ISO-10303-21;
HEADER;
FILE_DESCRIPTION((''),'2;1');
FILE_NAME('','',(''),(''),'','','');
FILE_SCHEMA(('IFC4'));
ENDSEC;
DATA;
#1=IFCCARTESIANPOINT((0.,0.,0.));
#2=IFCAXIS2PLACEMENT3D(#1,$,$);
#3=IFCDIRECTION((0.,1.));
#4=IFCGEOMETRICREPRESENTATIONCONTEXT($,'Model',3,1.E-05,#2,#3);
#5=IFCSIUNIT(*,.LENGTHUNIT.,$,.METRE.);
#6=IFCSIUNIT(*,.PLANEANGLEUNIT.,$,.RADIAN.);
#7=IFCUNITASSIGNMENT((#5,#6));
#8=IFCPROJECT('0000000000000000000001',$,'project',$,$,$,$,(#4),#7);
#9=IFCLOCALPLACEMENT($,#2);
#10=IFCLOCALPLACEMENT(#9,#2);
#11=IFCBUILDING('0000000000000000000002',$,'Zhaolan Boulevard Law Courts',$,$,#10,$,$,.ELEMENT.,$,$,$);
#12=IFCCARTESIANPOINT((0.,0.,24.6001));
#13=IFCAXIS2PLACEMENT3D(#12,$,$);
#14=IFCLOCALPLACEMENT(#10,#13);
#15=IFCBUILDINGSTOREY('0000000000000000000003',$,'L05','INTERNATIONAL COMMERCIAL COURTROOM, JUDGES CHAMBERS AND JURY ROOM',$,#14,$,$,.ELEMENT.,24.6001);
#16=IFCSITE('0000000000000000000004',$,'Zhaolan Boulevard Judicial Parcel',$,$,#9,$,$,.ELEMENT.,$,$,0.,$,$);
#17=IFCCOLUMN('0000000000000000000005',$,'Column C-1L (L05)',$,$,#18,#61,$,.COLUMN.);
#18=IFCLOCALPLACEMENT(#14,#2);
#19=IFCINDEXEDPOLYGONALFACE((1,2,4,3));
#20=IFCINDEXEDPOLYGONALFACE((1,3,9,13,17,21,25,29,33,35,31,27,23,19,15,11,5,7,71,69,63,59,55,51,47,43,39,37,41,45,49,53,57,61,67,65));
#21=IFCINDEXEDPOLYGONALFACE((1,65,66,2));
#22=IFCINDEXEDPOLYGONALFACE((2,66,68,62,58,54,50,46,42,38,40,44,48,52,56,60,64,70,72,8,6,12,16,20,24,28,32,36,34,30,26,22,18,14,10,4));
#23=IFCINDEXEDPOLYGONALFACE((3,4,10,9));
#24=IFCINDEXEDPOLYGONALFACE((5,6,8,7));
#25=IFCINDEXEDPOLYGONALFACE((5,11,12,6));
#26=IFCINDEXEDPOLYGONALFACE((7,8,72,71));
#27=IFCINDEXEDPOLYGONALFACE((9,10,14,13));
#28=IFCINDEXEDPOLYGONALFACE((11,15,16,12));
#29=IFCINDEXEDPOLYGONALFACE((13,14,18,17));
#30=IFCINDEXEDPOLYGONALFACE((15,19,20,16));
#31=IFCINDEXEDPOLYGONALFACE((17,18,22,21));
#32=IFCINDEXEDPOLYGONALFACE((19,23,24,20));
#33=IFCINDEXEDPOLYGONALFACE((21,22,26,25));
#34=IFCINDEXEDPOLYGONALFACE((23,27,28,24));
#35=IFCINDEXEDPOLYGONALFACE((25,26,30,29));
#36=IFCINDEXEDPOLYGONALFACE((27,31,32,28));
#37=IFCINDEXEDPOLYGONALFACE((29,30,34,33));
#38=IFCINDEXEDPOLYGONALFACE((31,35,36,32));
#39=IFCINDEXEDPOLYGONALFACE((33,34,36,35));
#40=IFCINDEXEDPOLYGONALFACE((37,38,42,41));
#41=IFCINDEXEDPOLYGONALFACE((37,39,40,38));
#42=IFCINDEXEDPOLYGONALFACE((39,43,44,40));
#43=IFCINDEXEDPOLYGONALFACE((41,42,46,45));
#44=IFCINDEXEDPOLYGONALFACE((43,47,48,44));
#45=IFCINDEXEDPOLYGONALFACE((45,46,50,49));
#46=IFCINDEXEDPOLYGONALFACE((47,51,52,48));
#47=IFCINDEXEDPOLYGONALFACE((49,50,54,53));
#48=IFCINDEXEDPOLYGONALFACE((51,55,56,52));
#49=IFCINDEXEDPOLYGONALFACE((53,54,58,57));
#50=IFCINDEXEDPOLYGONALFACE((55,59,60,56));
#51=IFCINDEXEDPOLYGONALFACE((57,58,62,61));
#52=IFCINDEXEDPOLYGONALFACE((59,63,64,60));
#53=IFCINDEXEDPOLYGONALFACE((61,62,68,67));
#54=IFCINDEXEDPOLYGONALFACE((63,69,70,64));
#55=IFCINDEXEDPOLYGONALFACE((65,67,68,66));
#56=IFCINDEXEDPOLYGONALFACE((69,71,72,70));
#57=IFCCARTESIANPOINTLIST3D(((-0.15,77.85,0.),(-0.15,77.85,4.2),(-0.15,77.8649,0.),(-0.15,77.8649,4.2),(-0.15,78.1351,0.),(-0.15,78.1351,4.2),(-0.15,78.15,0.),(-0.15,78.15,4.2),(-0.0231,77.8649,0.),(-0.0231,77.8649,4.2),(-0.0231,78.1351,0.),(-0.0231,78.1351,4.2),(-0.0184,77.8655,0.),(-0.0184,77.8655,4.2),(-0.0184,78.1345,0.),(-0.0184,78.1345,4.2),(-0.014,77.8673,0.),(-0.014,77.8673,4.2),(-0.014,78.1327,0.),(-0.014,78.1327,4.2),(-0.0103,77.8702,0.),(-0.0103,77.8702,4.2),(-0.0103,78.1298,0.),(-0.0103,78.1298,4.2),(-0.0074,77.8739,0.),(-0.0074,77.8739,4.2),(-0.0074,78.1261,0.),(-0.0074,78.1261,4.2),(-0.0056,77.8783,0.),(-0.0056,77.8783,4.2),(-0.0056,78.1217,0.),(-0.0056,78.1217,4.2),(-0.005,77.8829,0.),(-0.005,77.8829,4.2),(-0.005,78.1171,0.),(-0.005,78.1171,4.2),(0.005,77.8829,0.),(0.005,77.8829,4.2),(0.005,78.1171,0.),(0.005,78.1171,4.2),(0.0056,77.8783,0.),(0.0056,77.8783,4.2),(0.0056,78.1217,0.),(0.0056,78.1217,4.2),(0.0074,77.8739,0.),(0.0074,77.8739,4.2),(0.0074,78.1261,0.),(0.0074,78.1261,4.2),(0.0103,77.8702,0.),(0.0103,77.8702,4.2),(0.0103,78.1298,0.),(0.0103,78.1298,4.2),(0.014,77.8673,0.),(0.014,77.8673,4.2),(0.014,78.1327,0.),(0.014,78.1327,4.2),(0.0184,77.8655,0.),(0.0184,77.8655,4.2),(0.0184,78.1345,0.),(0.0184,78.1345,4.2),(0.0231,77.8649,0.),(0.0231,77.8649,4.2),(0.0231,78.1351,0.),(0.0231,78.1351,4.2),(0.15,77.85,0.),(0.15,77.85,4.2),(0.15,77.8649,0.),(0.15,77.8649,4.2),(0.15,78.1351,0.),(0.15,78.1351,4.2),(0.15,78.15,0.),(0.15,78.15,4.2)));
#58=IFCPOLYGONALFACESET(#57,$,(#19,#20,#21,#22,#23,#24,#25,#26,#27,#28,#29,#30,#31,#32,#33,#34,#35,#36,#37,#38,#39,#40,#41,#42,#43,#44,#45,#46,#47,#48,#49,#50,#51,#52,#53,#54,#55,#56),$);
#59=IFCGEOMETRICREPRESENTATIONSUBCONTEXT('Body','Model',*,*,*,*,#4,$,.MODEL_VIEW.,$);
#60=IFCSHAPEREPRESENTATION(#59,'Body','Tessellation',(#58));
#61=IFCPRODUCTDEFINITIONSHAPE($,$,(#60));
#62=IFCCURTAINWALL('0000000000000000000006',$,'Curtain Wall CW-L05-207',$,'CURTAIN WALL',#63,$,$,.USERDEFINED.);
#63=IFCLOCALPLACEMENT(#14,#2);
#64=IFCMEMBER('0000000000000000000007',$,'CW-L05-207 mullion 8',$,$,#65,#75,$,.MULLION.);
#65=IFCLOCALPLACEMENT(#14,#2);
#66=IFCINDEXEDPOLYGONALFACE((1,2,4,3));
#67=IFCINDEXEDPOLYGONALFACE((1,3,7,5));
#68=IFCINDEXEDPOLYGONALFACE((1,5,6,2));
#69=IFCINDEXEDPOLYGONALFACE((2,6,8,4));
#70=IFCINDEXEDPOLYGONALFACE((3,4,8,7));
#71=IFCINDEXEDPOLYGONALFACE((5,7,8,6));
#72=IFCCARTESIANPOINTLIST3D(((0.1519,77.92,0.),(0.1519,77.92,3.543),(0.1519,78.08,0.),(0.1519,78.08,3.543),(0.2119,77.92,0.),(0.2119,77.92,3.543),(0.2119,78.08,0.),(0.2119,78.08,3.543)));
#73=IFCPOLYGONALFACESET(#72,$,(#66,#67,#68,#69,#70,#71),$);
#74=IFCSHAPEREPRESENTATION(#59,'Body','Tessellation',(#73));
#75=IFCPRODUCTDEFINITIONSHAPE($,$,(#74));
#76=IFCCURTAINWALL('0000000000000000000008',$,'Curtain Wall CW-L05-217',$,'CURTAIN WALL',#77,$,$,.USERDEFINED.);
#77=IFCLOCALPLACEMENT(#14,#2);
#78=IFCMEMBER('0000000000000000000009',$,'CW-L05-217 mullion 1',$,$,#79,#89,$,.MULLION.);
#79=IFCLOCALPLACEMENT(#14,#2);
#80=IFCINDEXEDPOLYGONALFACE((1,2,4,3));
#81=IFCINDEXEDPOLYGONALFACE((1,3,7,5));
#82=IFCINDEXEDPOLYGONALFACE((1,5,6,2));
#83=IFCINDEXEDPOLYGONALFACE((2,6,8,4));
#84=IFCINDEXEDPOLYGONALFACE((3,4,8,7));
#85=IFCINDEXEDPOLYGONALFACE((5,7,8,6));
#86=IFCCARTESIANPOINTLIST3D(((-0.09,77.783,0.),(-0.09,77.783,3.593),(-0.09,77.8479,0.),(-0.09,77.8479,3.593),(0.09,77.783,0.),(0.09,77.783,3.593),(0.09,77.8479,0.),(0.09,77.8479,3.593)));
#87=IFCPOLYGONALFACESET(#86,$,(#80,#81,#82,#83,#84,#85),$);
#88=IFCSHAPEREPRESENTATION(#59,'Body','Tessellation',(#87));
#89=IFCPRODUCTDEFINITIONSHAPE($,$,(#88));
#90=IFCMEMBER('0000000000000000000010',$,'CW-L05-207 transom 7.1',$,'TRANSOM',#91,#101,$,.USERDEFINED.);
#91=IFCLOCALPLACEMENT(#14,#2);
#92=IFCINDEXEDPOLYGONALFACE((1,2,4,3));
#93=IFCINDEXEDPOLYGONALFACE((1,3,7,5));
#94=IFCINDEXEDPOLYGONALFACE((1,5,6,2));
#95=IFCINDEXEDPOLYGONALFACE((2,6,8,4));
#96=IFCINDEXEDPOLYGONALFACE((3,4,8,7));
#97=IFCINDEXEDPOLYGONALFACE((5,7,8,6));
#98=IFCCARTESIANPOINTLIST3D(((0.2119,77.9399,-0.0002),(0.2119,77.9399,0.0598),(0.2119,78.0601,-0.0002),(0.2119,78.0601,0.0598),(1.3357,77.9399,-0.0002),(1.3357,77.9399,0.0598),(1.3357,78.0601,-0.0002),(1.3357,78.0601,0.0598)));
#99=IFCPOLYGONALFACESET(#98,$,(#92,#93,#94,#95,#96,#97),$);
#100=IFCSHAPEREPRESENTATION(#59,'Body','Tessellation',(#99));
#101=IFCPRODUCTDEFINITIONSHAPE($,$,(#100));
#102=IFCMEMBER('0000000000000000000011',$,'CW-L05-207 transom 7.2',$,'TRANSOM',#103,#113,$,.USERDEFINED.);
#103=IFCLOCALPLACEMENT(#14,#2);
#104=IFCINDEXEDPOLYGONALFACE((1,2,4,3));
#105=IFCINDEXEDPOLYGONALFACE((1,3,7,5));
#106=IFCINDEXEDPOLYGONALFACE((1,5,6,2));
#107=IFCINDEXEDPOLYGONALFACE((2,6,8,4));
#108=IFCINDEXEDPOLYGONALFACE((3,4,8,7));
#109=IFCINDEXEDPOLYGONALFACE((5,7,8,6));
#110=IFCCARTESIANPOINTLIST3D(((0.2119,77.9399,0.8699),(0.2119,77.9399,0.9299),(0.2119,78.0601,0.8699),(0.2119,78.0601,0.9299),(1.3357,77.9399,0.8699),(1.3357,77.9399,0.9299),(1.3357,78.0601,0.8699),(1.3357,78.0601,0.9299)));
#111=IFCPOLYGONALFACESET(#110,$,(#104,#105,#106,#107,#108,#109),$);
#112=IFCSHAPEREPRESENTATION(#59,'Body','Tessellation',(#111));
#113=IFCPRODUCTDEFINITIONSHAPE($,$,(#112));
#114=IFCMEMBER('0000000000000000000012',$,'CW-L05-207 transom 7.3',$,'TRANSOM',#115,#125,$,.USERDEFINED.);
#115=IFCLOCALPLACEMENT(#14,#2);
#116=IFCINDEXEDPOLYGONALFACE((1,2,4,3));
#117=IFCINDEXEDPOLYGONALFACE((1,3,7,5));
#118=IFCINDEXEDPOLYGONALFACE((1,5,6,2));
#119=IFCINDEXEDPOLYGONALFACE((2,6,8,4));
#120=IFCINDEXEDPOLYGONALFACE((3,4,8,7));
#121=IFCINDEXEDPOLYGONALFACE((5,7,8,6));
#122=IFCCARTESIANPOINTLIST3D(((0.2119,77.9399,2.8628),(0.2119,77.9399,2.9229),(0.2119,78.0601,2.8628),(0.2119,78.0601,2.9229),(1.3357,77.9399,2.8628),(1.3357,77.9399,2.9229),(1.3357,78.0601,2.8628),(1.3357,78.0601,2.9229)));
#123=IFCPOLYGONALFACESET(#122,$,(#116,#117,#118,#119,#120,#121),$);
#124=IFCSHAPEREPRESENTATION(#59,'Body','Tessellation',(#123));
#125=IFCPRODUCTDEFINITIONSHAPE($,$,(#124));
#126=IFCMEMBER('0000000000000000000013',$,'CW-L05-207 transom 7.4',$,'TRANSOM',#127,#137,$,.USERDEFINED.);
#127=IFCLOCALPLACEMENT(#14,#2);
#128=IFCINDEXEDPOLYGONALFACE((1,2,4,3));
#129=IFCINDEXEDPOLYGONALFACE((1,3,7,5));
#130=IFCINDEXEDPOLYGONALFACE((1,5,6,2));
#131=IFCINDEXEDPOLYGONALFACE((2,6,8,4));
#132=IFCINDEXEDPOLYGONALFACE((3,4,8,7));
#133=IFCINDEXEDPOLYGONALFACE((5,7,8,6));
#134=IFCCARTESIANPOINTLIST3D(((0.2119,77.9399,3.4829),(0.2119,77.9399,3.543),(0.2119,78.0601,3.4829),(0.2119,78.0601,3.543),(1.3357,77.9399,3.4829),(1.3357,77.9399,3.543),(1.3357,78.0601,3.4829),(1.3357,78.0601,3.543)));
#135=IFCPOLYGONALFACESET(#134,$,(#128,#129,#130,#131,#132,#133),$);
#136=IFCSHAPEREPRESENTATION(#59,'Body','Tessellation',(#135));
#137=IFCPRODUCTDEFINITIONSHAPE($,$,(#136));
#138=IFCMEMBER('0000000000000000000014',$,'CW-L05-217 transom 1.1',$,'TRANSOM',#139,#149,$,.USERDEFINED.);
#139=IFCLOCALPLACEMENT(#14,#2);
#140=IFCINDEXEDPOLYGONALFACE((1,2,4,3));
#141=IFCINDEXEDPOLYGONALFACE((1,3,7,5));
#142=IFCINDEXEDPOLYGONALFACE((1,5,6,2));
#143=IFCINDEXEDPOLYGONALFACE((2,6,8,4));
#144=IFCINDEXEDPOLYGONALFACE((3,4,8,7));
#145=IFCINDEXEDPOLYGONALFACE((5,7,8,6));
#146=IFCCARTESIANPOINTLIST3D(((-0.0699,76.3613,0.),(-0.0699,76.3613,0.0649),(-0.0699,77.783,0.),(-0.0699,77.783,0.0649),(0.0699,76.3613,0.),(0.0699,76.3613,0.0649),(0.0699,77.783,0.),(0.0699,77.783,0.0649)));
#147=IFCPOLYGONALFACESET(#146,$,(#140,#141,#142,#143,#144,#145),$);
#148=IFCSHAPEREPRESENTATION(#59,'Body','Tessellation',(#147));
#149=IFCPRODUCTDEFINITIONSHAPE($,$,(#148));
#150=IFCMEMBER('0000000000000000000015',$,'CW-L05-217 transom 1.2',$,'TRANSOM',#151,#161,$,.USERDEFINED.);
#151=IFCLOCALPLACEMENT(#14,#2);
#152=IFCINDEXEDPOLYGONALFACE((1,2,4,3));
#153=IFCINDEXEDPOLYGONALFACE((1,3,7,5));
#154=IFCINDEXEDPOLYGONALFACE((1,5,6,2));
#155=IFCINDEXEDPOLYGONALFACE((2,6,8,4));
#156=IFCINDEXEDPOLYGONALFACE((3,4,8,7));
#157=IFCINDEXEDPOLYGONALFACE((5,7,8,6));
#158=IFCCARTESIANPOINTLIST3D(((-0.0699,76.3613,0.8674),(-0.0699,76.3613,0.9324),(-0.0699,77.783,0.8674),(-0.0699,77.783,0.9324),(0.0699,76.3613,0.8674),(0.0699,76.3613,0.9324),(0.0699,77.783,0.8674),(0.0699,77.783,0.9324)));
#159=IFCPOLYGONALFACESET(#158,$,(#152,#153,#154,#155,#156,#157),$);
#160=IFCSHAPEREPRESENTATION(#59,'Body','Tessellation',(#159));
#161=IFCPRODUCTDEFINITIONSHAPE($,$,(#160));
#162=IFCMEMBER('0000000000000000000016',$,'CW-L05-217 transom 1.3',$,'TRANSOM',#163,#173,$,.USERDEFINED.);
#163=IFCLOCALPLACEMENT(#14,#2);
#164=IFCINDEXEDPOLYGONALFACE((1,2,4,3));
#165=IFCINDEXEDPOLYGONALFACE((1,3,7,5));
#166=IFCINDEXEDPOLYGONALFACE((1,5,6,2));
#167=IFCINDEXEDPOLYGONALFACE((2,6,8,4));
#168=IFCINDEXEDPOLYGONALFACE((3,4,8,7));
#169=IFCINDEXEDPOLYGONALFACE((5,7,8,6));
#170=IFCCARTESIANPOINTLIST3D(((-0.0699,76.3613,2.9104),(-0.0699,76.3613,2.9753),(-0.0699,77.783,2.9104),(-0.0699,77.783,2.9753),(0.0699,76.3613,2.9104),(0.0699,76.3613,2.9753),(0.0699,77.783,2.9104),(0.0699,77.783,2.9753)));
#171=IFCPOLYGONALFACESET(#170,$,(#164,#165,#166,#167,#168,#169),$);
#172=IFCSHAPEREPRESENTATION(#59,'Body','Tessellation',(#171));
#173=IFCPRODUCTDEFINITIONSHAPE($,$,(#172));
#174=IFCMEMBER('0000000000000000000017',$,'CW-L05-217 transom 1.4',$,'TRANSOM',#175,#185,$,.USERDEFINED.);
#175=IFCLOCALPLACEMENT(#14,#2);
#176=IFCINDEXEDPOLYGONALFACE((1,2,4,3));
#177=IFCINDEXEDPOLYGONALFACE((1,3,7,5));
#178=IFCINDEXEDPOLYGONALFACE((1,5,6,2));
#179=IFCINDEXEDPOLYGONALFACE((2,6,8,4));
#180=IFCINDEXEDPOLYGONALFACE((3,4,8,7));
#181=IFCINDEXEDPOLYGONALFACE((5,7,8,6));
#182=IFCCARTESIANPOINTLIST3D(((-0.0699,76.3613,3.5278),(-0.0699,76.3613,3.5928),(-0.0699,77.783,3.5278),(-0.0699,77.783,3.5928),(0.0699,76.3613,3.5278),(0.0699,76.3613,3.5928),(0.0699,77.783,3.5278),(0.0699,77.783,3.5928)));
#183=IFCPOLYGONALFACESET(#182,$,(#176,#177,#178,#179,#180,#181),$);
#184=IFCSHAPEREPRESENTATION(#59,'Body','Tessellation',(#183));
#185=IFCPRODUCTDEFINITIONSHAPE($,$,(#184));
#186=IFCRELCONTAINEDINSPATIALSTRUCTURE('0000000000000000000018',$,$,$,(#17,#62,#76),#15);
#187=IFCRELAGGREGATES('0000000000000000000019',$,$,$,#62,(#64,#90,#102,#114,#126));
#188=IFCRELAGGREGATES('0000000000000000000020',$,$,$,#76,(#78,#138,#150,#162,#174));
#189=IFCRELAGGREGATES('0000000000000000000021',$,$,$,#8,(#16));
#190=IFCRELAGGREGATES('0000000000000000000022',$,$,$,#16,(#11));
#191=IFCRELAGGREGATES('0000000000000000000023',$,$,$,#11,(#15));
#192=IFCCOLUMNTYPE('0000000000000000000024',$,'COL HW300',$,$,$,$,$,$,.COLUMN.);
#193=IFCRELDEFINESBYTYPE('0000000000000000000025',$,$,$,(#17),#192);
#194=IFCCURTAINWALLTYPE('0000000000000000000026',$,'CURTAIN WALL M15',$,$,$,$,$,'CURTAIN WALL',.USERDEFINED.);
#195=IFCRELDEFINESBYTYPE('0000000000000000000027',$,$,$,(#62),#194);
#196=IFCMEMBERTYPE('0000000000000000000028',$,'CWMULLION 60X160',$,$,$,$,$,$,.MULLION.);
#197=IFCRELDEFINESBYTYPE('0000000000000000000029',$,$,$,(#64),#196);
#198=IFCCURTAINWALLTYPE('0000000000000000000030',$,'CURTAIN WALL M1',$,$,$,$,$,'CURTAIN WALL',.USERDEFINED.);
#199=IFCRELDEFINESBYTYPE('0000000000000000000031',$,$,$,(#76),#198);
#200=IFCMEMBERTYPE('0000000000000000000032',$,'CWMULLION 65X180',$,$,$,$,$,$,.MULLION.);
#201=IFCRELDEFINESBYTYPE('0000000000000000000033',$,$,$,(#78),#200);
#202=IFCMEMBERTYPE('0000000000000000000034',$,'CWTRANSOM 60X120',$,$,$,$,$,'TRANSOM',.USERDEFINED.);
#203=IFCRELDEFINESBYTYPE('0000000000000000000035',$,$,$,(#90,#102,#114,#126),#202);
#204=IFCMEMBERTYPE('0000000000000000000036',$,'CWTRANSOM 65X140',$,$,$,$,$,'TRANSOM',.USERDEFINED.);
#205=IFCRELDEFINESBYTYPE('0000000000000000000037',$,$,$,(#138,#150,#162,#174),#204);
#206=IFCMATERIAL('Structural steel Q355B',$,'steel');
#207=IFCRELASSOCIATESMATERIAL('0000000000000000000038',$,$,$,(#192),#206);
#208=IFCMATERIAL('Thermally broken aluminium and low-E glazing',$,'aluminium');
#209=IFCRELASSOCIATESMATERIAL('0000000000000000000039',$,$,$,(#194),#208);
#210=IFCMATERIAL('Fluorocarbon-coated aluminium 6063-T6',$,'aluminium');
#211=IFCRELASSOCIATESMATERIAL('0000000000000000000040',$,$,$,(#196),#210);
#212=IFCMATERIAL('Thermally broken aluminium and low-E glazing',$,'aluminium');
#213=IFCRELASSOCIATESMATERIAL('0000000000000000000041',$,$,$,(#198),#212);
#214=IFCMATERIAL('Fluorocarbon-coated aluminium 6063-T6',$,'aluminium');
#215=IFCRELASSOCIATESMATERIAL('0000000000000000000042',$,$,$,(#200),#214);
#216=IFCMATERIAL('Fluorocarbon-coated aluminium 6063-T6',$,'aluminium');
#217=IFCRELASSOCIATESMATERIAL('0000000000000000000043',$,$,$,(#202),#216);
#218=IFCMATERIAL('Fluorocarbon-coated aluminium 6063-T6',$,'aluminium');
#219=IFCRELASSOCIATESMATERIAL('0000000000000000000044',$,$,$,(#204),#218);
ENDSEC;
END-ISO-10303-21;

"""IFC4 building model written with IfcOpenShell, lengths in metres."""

from ifc_helpers import new_model, si_unit, direction, frame, origin, origin_2d, place, context, subcontext, project, spatial, rectangle, i_section, extrude, material, material_profile, profile_set, type_object, element, aggregate, save


model = new_model("IFC4")

# Units and contexts
model_context = context("Model", 3, precision=1e-05, world=origin(), true_north=direction((0.0, 1.0)))
body_context = subcontext(model_context, "Body", "Model", "MODEL_VIEW")
ifc_project = project(units=[si_unit("LENGTHUNIT", "METRE"), si_unit("PLANEANGLEUNIT", "RADIAN")], contexts=[model_context])

# Site, building, storey
site_placement = place(None, origin())
site = spatial("IfcSite", under=ifc_project, at=site_placement, Name="Zhaolan Boulevard Judicial Parcel", CompositionType="ELEMENT", RefElevation=0.0)
building_placement = place(site_placement, origin())
building = spatial("IfcBuilding", under=site, at=building_placement, Name="Zhaolan Boulevard Law Courts", CompositionType="ELEMENT")
storey_placement = place(building_placement, frame((0.0, 0.0, 24.6001)))
storey = spatial("IfcBuildingStorey", under=building, at=storey_placement, Name="L05", Description="INTERNATIONAL COMMERCIAL COURTROOM, JUDGES CHAMBERS AND JURY ROOM", CompositionType="ELEMENT", Elevation=24.6001)

# Column
ifc_material_1 = material(Name="Structural steel Q355B", Category="steel")
ifc_material_profile_1 = material_profile(ifc_material_1, i_section(OverallWidth=0.3, OverallDepth=0.3, WebThickness=0.01, FlangeThickness=0.0149, FilletRadius=0.0181, at=origin_2d()), Name="HW300x300")
ifc_profile_set_1 = profile_set([ifc_material_profile_1], Name="Structural steel Q355B")
column_type = type_object("IfcColumnType", Name="COL HW300", PredefinedType="COLUMN", material=ifc_profile_set_1)
column_placement = place(storey_placement, frame((0.0, 78.0, 0.0), z_axis=(0.0, 0.0, 1.0), x_axis=(1.0, 0.0, 0.0)))
element("IfcColumn", 1, at=column_placement, inside=storey, type_object=column_type, Name="Column C-1L (L05)", PredefinedType="COLUMN", context=body_context, shape_type="SweptSolid", body=[
    extrude(i_section(OverallWidth=0.3, OverallDepth=0.3, WebThickness=0.01, FlangeThickness=0.0149, FilletRadius=0.0181, at=origin_2d()), origin(), (0.0, 0.0, 1.0), 4.2),
])

# Curtain walls, members
ifc_material_2 = material(Name="Thermally broken aluminium and low-E glazing", Category="aluminium")
curtain_wall_type_1 = type_object("IfcCurtainWallType", Name="CURTAIN WALL M15", ElementType="CURTAIN WALL", PredefinedType="USERDEFINED", material=ifc_material_2)
curtain_wall_1_placement = place(storey_placement, origin())
curtain_wall_1 = element("IfcCurtainWall", 2, at=curtain_wall_1_placement, inside=storey, type_object=curtain_wall_type_1, Name="Curtain Wall CW-L05-207", ObjectType="CURTAIN WALL", PredefinedType="USERDEFINED")
ifc_material_3 = material(Name="Fluorocarbon-coated aluminium 6063-T6", Category="aluminium")
ifc_material_profile_2 = material_profile(ifc_material_3, rectangle(XDim=0.1599, YDim=0.0601, at=origin_2d()), Name="AL60x160")
ifc_profile_set_2 = profile_set([ifc_material_profile_2], Name="Fluorocarbon-coated aluminium 6063-T6")
member_type_1 = type_object("IfcMemberType", Name="CWMULLION 60X160", PredefinedType="MULLION", material=ifc_profile_set_2)
member_1_placement = place(storey_placement, frame((0.1819, 78.0, 0.0), z_axis=(0.0, 0.0, 1.0), x_axis=(0.0, -1.0, 0.0)))
member_1 = element("IfcMember", 3, at=member_1_placement, type_object=member_type_1, Name="CW-L05-207 mullion 8", PredefinedType="MULLION", context=body_context, shape_type="SweptSolid", body=[
    extrude(rectangle(XDim=0.1599, YDim=0.0601, at=origin_2d()), origin(), (0.0, 0.0, 1.0), 3.543),
])
ifc_material_4 = material(Name="Thermally broken aluminium and low-E glazing", Category="aluminium")
curtain_wall_type_2 = type_object("IfcCurtainWallType", Name="CURTAIN WALL M1", ElementType="CURTAIN WALL", PredefinedType="USERDEFINED", material=ifc_material_4)
curtain_wall_2_placement = place(storey_placement, origin())
curtain_wall_2 = element("IfcCurtainWall", 4, at=curtain_wall_2_placement, inside=storey, type_object=curtain_wall_type_2, Name="Curtain Wall CW-L05-217", ObjectType="CURTAIN WALL", PredefinedType="USERDEFINED")
ifc_material_5 = material(Name="Fluorocarbon-coated aluminium 6063-T6", Category="aluminium")
ifc_material_profile_3 = material_profile(ifc_material_5, rectangle(XDim=0.1799, YDim=0.0649, at=origin_2d()), Name="AL65x180")
ifc_profile_set_3 = profile_set([ifc_material_profile_3], Name="Fluorocarbon-coated aluminium 6063-T6")
member_type_2 = type_object("IfcMemberType", Name="CWMULLION 65X180", PredefinedType="MULLION", material=ifc_profile_set_3)
member_2_placement = place(storey_placement, frame((0.0, 77.8154, 0.0), z_axis=(0.0, 0.0, 1.0), x_axis=(1.0, 0.0, 0.0)))
member_2 = element("IfcMember", 5, at=member_2_placement, type_object=member_type_2, Name="CW-L05-217 mullion 1", PredefinedType="MULLION", context=body_context, shape_type="SweptSolid", body=[
    extrude(rectangle(XDim=0.1799, YDim=0.0649, at=origin_2d()), origin(), (0.0, 0.0, 1.0), 3.593),
])

# Members
ifc_material_6 = material(Name="Fluorocarbon-coated aluminium 6063-T6", Category="aluminium")
ifc_material_profile_4 = material_profile(ifc_material_6, rectangle(XDim=0.1201, YDim=0.0601, at=origin_2d()), Name="AL60x120")
ifc_profile_set_4 = profile_set([ifc_material_profile_4], Name="Fluorocarbon-coated aluminium 6063-T6")
member_type_3 = type_object("IfcMemberType", Name="CWTRANSOM 60X120", ElementType="TRANSOM", PredefinedType="USERDEFINED", material=ifc_profile_set_4)
member_3_placement = place(storey_placement, frame((1.3357, 78.0, 0.0298), z_axis=(-1.0, 0.0, 0.0), x_axis=(0.0, -1.0, 0.0)))
member_3 = element("IfcMember", 6, at=member_3_placement, type_object=member_type_3, Name="CW-L05-207 transom 7.1", ObjectType="TRANSOM", PredefinedType="USERDEFINED", context=body_context, shape_type="SweptSolid", body=[
    extrude(rectangle(XDim=0.1201, YDim=0.0601, at=origin_2d()), origin(), (0.0, 0.0, 1.0), 1.1238),
])
member_4_placement = place(storey_placement, frame((1.3357, 78.0, 0.8999), z_axis=(-1.0, 0.0, 0.0), x_axis=(0.0, -1.0, 0.0)))
member_4 = element("IfcMember", 7, at=member_4_placement, type_object=member_type_3, Name="CW-L05-207 transom 7.2", ObjectType="TRANSOM", PredefinedType="USERDEFINED", context=body_context, shape_type="SweptSolid", body=[
    extrude(rectangle(XDim=0.1201, YDim=0.0601, at=origin_2d()), origin(), (0.0, 0.0, 1.0), 1.1238),
])
member_5_placement = place(storey_placement, frame((1.3357, 78.0, 2.8928), z_axis=(-1.0, 0.0, 0.0), x_axis=(0.0, -1.0, 0.0)))
member_5 = element("IfcMember", 8, at=member_5_placement, type_object=member_type_3, Name="CW-L05-207 transom 7.3", ObjectType="TRANSOM", PredefinedType="USERDEFINED", context=body_context, shape_type="SweptSolid", body=[
    extrude(rectangle(XDim=0.1201, YDim=0.0601, at=origin_2d()), origin(), (0.0, 0.0, 1.0), 1.1238),
])
member_6_placement = place(storey_placement, frame((1.3357, 78.0, 3.5129), z_axis=(-1.0, 0.0, 0.0), x_axis=(0.0, -1.0, 0.0)))
member_6 = element("IfcMember", 9, at=member_6_placement, type_object=member_type_3, Name="CW-L05-207 transom 7.4", ObjectType="TRANSOM", PredefinedType="USERDEFINED", context=body_context, shape_type="SweptSolid", body=[
    extrude(rectangle(XDim=0.1201, YDim=0.0601, at=origin_2d()), origin(), (0.0, 0.0, 1.0), 1.1238),
])
ifc_material_7 = material(Name="Fluorocarbon-coated aluminium 6063-T6", Category="aluminium")
ifc_material_profile_5 = material_profile(ifc_material_7, rectangle(XDim=0.1399, YDim=0.0649, at=origin_2d()), Name="AL65x140")
ifc_profile_set_5 = profile_set([ifc_material_profile_5], Name="Fluorocarbon-coated aluminium 6063-T6")
member_type_4 = type_object("IfcMemberType", Name="CWTRANSOM 65X140", ElementType="TRANSOM", PredefinedType="USERDEFINED", material=ifc_profile_set_5)
member_7_placement = place(storey_placement, frame((0.0, 77.783, 0.0325), z_axis=(0.0, -1.0, 0.0), x_axis=(1.0, 0.0, 0.0)))
member_7 = element("IfcMember", 10, at=member_7_placement, type_object=member_type_4, Name="CW-L05-217 transom 1.1", ObjectType="TRANSOM", PredefinedType="USERDEFINED", context=body_context, shape_type="SweptSolid", body=[
    extrude(rectangle(XDim=0.1399, YDim=0.0649, at=origin_2d()), origin(), (0.0, 0.0, 1.0), 1.4216),
])
member_8_placement = place(storey_placement, frame((0.0, 77.783, 0.8999), z_axis=(0.0, -1.0, 0.0), x_axis=(1.0, 0.0, 0.0)))
member_8 = element("IfcMember", 11, at=member_8_placement, type_object=member_type_4, Name="CW-L05-217 transom 1.2", ObjectType="TRANSOM", PredefinedType="USERDEFINED", context=body_context, shape_type="SweptSolid", body=[
    extrude(rectangle(XDim=0.1399, YDim=0.0649, at=origin_2d()), origin(), (0.0, 0.0, 1.0), 1.4216),
])
member_9_placement = place(storey_placement, frame((0.0, 77.783, 2.9429), z_axis=(0.0, -1.0, 0.0), x_axis=(1.0, 0.0, 0.0)))
member_9 = element("IfcMember", 12, at=member_9_placement, type_object=member_type_4, Name="CW-L05-217 transom 1.3", ObjectType="TRANSOM", PredefinedType="USERDEFINED", context=body_context, shape_type="SweptSolid", body=[
    extrude(rectangle(XDim=0.1399, YDim=0.0649, at=origin_2d()), origin(), (0.0, 0.0, 1.0), 1.4216),
])
member_10_placement = place(storey_placement, frame((0.0, 77.783, 3.5603), z_axis=(0.0, -1.0, 0.0), x_axis=(1.0, 0.0, 0.0)))
member_10 = element("IfcMember", 13, at=member_10_placement, type_object=member_type_4, Name="CW-L05-217 transom 1.4", ObjectType="TRANSOM", PredefinedType="USERDEFINED", context=body_context, shape_type="SweptSolid", body=[
    extrude(rectangle(XDim=0.1399, YDim=0.0649, at=origin_2d()), origin(), (0.0, 0.0, 1.0), 1.4216),
])

aggregate(curtain_wall_1, [member_1, member_3, member_4, member_5, member_6])
aggregate(curtain_wall_2, [member_2, member_7, member_8, member_9, member_10])

save(model, "model.ifc")
